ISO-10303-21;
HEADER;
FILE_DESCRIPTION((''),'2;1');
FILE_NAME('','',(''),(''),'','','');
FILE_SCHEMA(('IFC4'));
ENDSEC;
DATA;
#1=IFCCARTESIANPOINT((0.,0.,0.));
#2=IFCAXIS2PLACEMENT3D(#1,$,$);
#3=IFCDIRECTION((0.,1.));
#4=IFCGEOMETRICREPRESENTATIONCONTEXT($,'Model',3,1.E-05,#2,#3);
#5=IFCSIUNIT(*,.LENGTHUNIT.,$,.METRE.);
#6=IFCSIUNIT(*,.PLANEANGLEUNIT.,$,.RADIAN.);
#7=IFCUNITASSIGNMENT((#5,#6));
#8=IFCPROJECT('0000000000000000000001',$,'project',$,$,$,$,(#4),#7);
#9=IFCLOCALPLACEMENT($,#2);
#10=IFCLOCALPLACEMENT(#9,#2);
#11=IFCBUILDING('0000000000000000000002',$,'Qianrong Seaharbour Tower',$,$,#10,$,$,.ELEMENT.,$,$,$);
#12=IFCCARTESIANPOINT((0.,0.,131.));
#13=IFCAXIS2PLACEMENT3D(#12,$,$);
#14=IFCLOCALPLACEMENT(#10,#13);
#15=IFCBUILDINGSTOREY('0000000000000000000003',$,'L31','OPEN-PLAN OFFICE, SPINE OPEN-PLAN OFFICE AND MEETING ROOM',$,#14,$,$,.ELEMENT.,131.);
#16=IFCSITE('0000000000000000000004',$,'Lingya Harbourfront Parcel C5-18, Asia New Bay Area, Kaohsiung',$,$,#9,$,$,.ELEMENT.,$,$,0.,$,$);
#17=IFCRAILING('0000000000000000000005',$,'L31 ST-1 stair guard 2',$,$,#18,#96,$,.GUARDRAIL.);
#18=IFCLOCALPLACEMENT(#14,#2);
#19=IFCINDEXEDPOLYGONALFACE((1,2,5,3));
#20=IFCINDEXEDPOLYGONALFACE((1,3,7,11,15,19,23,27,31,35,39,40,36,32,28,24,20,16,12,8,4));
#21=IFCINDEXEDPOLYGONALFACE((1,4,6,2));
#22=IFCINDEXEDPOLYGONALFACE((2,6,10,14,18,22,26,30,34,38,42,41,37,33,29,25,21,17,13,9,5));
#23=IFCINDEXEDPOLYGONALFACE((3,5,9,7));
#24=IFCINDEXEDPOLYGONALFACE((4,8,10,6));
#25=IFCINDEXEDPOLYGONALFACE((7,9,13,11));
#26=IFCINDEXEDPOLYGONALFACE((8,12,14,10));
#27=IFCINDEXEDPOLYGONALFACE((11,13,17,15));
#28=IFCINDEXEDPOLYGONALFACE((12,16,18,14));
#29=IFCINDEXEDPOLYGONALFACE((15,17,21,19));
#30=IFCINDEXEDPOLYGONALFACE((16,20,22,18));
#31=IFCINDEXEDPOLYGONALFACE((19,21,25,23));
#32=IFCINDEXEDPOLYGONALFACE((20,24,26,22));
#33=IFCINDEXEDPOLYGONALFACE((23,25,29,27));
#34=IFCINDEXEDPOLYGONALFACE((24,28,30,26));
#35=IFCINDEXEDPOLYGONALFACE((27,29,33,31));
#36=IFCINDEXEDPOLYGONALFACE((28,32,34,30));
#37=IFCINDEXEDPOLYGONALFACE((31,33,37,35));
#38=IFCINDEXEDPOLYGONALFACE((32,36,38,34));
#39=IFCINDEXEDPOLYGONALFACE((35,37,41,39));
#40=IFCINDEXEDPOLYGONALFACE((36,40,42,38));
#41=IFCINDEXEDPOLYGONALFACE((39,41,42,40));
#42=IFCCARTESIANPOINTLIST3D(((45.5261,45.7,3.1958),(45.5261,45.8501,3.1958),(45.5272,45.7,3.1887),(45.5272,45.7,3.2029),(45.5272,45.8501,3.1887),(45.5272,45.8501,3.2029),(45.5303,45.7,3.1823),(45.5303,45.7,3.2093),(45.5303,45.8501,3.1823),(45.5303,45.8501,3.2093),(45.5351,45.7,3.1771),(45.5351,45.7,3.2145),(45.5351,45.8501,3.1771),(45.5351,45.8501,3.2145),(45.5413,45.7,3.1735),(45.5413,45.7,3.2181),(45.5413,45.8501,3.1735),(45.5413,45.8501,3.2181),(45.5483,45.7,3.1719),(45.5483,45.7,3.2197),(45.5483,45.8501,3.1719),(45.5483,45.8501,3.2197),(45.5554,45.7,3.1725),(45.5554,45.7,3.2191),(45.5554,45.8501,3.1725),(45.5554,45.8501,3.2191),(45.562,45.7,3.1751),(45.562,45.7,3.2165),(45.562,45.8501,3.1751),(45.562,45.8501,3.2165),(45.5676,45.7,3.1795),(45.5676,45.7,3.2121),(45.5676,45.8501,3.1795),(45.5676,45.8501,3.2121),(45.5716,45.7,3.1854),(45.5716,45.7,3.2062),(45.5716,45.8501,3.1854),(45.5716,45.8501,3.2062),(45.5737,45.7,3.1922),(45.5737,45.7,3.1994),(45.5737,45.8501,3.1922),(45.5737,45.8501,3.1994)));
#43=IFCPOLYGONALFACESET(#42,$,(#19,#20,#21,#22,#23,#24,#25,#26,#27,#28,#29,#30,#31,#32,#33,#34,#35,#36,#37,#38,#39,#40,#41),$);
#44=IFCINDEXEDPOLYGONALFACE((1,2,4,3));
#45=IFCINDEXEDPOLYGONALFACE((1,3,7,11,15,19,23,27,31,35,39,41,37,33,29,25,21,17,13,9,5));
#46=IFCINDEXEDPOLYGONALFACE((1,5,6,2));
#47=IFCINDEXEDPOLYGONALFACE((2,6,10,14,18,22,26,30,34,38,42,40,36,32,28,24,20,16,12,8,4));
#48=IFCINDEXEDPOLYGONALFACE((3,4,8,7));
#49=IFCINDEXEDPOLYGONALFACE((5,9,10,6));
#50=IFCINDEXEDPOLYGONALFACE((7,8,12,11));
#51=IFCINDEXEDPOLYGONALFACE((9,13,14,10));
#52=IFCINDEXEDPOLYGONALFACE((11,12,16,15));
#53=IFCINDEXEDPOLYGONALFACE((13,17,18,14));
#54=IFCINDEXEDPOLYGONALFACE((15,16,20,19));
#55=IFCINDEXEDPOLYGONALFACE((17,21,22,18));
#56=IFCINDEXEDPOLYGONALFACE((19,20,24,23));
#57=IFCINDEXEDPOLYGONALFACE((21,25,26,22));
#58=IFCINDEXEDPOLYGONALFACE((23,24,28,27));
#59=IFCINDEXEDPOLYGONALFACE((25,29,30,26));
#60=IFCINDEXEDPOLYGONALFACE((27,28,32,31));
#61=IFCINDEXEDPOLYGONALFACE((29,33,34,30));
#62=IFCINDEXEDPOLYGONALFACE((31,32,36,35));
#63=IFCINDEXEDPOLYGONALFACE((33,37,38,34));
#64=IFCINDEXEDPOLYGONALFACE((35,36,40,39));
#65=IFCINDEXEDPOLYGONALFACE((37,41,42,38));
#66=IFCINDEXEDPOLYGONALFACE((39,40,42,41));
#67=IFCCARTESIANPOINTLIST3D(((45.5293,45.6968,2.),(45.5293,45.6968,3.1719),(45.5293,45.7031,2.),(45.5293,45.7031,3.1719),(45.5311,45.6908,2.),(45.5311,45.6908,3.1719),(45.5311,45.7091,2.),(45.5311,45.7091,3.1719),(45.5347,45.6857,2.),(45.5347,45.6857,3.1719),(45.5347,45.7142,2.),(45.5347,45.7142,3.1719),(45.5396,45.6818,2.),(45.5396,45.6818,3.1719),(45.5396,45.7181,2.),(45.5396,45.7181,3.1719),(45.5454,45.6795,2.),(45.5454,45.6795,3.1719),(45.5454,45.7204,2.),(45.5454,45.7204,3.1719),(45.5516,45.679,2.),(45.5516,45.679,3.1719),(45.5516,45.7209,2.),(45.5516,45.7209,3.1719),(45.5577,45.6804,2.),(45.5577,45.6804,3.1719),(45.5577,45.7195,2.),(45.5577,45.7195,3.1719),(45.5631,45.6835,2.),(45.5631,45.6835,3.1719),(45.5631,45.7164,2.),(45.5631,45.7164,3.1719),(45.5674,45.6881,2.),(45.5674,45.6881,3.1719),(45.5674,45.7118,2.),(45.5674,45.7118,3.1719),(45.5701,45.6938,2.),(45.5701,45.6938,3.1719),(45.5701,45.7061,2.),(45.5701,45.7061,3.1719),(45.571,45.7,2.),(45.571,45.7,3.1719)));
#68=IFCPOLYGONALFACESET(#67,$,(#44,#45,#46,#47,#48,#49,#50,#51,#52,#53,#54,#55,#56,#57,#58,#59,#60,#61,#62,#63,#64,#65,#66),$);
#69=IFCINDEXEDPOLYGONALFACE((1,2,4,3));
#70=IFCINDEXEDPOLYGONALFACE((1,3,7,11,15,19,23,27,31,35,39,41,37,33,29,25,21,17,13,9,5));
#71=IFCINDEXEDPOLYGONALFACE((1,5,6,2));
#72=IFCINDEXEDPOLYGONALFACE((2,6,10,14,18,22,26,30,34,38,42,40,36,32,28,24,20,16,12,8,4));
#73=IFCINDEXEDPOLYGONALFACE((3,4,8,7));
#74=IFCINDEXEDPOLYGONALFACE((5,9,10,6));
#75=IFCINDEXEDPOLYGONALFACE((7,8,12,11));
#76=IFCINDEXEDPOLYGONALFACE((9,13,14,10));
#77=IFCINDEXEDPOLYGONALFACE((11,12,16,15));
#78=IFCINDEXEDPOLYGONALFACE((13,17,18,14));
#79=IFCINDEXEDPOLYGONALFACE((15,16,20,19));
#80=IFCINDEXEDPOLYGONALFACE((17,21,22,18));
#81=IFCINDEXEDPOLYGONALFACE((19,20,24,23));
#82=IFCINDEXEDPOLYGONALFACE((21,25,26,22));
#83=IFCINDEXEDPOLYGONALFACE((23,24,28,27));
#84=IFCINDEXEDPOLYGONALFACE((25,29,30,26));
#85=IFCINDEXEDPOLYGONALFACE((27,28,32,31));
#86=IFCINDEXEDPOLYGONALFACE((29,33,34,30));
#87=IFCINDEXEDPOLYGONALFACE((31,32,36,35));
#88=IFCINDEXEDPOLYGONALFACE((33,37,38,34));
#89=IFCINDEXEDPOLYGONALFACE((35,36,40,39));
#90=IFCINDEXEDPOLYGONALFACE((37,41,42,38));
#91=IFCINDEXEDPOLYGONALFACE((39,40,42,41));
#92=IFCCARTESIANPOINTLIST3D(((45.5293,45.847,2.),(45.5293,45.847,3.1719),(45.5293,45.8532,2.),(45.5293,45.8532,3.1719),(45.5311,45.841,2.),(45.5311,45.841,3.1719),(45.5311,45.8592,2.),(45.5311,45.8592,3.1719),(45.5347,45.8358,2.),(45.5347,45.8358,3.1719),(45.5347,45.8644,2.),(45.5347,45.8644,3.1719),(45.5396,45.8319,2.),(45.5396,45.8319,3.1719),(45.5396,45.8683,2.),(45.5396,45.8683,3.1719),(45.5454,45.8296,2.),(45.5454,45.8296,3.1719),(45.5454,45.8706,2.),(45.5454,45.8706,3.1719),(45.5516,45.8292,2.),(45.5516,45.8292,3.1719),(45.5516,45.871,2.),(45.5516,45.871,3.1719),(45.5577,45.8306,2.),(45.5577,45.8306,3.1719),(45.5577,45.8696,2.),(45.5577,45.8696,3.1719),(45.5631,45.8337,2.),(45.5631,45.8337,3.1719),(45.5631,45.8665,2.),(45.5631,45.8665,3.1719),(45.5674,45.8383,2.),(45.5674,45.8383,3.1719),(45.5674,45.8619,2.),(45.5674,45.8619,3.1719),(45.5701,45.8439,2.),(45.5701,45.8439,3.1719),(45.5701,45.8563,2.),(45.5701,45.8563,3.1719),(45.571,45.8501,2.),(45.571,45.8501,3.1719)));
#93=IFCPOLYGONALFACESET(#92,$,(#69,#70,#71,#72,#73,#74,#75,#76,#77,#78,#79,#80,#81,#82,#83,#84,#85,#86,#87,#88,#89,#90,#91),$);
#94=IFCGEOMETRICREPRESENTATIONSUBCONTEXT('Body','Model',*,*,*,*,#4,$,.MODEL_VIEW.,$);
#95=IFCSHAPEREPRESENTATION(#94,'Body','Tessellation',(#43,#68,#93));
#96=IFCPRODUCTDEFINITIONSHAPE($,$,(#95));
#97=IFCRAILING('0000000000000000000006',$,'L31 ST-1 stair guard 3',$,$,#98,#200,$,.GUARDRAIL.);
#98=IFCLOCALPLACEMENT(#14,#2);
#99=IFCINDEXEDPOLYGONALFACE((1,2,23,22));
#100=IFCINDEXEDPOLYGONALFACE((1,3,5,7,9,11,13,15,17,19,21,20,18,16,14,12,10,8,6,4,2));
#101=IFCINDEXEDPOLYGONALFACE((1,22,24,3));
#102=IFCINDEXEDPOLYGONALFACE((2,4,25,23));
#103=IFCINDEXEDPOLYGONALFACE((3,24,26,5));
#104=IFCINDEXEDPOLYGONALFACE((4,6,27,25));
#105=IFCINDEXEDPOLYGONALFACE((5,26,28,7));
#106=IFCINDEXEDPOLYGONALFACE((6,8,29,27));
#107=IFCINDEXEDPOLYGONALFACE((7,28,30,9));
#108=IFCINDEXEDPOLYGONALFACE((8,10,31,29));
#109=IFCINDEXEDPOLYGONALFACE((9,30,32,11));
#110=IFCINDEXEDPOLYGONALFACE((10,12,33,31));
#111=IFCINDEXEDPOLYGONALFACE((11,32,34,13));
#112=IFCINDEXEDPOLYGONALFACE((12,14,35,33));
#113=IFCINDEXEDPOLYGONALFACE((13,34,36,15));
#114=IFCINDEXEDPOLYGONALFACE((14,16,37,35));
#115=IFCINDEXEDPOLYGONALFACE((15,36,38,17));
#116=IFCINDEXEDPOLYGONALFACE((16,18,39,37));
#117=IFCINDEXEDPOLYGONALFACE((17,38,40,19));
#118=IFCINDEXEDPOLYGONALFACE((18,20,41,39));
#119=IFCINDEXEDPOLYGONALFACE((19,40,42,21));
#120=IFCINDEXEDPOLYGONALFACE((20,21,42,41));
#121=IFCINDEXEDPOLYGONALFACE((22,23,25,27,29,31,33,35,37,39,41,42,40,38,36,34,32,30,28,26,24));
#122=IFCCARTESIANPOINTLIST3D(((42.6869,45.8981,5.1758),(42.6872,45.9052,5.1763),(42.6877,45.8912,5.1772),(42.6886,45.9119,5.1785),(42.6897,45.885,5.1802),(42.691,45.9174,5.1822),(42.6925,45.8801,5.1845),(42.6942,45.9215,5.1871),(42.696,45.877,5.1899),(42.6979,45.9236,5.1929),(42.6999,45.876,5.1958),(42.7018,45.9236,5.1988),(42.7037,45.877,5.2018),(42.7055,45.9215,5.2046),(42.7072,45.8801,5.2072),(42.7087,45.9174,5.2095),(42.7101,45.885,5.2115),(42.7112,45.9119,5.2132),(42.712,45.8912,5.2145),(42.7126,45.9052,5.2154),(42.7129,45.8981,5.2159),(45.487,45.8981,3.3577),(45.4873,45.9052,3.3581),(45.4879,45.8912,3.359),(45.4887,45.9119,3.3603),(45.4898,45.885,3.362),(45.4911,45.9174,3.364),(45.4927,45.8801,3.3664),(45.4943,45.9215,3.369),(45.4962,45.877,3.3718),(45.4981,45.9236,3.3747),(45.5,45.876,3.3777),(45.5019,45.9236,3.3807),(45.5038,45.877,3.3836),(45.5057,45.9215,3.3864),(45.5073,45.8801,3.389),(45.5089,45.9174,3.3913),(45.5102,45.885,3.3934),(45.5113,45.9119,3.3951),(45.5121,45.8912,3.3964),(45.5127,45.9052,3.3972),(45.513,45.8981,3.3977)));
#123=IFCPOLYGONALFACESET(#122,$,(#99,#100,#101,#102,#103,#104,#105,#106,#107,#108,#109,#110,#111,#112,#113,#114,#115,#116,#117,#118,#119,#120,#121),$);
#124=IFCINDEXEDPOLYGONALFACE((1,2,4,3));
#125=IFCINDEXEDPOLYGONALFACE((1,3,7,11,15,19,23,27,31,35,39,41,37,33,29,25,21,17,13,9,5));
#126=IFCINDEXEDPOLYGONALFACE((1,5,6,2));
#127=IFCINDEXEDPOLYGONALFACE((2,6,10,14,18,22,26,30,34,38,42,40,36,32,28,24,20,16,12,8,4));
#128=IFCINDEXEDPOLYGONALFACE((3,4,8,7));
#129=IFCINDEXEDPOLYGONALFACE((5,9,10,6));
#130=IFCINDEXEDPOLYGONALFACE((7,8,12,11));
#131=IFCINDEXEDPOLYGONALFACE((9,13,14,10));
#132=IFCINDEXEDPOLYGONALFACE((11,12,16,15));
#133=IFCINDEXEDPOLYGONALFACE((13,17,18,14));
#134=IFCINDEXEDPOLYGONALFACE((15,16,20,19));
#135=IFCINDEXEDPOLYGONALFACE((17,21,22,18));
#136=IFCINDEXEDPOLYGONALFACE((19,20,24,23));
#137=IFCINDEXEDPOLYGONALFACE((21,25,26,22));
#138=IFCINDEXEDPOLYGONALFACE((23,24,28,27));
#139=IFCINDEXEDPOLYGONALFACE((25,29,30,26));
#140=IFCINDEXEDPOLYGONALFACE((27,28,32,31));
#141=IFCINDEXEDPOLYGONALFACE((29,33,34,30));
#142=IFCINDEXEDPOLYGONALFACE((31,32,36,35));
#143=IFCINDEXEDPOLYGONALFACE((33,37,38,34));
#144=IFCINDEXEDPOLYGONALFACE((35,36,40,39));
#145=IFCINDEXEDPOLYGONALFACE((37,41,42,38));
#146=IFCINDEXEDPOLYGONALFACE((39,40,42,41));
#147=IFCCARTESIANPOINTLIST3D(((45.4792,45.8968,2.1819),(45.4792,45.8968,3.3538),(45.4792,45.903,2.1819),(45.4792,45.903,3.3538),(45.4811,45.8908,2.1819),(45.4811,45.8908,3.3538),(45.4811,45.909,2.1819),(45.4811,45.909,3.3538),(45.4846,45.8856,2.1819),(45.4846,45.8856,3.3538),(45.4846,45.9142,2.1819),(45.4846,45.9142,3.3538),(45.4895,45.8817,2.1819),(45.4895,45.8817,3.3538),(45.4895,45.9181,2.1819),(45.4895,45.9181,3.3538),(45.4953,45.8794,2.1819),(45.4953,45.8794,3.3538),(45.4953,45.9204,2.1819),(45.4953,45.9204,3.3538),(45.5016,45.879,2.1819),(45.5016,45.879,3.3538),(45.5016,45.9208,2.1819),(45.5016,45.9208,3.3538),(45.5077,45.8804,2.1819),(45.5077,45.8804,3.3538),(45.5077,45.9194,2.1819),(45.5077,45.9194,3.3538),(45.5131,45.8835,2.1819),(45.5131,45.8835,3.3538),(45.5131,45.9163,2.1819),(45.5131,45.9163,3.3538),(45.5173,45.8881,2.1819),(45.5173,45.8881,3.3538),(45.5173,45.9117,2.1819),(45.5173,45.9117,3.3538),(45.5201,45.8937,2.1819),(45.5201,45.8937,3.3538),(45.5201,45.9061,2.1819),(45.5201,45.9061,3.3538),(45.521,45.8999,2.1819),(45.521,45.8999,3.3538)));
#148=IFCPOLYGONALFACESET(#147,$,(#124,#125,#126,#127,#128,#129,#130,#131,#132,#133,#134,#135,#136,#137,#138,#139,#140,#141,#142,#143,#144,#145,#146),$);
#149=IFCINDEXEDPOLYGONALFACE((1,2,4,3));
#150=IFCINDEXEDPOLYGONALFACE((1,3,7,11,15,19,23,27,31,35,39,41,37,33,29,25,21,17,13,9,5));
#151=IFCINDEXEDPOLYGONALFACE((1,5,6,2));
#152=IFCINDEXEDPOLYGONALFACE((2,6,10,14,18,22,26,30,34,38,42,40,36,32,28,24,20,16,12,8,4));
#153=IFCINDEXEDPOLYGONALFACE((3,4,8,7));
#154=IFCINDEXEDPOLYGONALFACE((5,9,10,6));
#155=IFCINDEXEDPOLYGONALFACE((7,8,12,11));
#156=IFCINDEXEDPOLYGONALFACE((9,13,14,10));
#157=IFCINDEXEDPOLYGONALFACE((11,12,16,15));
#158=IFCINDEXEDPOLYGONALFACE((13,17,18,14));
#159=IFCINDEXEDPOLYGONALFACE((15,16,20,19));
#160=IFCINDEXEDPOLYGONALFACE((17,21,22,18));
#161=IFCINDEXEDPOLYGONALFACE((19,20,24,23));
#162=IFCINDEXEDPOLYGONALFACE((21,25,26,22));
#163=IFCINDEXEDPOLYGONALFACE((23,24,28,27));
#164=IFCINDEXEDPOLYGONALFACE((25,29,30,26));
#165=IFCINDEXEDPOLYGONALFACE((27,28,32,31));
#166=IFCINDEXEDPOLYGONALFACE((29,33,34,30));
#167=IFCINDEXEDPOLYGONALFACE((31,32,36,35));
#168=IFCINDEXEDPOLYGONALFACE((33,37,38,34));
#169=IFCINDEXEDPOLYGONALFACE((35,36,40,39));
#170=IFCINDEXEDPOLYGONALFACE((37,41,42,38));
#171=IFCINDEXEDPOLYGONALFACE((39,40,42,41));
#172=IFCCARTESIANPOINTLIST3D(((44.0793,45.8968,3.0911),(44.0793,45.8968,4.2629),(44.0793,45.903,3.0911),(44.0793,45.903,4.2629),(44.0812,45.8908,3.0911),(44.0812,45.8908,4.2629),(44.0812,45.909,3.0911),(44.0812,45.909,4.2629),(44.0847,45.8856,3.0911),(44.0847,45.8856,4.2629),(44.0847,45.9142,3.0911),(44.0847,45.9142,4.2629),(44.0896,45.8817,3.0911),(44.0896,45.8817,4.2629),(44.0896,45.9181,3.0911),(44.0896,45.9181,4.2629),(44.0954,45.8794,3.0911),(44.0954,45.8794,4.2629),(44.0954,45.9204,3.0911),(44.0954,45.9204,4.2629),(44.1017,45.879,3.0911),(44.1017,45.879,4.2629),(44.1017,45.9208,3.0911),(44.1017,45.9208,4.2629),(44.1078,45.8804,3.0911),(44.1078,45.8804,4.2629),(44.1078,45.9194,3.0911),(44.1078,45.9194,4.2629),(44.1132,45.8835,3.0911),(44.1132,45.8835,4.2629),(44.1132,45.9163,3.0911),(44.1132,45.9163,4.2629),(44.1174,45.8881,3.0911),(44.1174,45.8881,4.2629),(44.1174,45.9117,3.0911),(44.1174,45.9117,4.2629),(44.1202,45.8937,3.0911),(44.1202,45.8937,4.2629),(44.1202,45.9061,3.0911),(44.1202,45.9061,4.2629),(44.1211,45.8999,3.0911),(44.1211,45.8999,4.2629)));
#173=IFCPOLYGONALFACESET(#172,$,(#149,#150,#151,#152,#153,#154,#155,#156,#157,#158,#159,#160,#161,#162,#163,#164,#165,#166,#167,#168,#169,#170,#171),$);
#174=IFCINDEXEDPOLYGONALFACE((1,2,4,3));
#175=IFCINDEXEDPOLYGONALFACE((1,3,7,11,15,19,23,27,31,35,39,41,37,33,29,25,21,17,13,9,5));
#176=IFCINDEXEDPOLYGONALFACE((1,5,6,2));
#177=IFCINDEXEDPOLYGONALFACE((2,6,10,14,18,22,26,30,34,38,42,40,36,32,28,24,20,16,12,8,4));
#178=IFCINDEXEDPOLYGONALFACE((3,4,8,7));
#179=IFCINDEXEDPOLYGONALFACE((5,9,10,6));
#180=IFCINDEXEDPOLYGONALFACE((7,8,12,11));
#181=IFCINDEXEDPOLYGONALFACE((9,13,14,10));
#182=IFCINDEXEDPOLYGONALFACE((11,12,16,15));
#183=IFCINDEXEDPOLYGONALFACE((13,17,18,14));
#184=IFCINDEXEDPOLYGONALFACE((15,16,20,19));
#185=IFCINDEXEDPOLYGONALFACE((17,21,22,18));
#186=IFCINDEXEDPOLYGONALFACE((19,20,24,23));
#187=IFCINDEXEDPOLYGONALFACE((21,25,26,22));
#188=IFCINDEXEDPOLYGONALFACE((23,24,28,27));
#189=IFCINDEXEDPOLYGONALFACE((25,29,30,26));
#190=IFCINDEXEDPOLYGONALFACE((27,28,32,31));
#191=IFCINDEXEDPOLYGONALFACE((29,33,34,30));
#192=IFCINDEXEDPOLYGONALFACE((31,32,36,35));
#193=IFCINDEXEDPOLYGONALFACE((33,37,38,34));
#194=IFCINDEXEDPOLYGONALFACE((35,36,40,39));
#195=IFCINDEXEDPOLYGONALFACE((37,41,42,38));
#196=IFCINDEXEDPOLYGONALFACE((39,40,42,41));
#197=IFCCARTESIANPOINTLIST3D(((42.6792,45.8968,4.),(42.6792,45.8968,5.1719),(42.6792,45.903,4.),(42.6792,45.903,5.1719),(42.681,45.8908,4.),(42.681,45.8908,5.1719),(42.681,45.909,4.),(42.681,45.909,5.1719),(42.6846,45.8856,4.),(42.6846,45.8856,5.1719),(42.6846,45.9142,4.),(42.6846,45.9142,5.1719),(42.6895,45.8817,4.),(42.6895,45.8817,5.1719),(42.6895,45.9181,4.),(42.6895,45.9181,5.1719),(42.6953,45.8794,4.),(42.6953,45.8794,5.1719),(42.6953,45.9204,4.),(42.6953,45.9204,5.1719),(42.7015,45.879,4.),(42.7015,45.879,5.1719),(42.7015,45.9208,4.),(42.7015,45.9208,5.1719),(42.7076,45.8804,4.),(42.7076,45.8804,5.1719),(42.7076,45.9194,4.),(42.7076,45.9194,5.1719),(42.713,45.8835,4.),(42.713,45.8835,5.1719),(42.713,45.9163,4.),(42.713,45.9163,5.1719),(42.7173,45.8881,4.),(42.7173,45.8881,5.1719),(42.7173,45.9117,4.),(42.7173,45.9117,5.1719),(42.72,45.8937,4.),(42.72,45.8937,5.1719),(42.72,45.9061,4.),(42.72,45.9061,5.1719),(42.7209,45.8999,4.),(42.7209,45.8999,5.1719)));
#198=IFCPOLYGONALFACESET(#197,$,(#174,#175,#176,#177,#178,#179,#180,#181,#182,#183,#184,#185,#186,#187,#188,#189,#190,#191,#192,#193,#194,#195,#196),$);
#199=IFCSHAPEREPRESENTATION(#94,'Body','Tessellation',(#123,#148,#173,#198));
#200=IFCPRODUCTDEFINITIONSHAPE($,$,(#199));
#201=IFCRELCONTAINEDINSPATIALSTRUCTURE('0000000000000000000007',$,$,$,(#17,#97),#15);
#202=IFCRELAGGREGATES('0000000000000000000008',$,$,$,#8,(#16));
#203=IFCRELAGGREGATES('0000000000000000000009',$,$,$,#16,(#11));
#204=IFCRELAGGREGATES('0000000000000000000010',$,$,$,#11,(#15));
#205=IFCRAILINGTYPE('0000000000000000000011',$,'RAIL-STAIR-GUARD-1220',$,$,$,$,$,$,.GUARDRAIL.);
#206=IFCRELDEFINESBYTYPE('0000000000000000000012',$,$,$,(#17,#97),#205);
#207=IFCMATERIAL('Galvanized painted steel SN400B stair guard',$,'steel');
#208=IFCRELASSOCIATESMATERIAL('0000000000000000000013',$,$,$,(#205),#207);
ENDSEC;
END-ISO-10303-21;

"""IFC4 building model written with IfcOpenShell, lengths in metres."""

from ifc_helpers import new_model, si_unit, direction, frame, origin, origin_2d, place, context, subcontext, project, spatial, circle, extrude, material, type_object, element, save


model = new_model("IFC4")

# Units and contexts
model_context = context("Model", 3, precision=1e-05, world=origin(), true_north=direction((0.0, 1.0)))
body_context = subcontext(model_context, "Body", "Model", "MODEL_VIEW")
ifc_project = project(units=[si_unit("LENGTHUNIT", "METRE"), si_unit("PLANEANGLEUNIT", "RADIAN")], contexts=[model_context])

# Site, building, storey
site_placement = place(None, origin())
site = spatial("IfcSite", under=ifc_project, at=site_placement, Name="Lingya Harbourfront Parcel C5-18, Asia New Bay Area, Kaohsiung", CompositionType="ELEMENT", RefElevation=0.0)
building_placement = place(site_placement, origin())
building = spatial("IfcBuilding", under=site, at=building_placement, Name="Qianrong Seaharbour Tower", CompositionType="ELEMENT")
storey_placement = place(building_placement, frame((0.0, 0.0, 131.0)))
storey = spatial("IfcBuildingStorey", under=building, at=storey_placement, Name="L31", Description="OPEN-PLAN OFFICE, SPINE OPEN-PLAN OFFICE AND MEETING ROOM", CompositionType="ELEMENT", Elevation=131.0)

# Railings
ifc_material_1 = material(Name="Galvanized painted steel SN400B stair guard", Category="steel")
railing_type_1 = type_object("IfcRailingType", Name="RAIL-STAIR-GUARD-1220", PredefinedType="GUARDRAIL", material=ifc_material_1)
railing_1_placement = place(storey_placement, frame((45.55, 45.7, 2.0)))
element("IfcRailing", 1, at=railing_1_placement, inside=storey, type_object=railing_type_1, Name="L31 ST-1 stair guard 2", PredefinedType="GUARDRAIL", context=body_context, shape_type="SweptSolid", body=[
    extrude(circle(Radius=0.0239, at=origin_2d()), frame((0.0, 0.0, 1.1958), z_axis=(0.0, 1.0, 0.0), x_axis=(-1.0, 0.0, 0.0)), (0.0, 0.0, 1.0), 0.1501),
    extrude(circle(Radius=0.021, at=origin_2d()), origin(), (0.0, 0.0, 1.0), 1.1719),
    extrude(circle(Radius=0.021, at=origin_2d()), frame((0.0, 0.1501, 0.0)), (0.0, 0.0, 1.0), 1.1719),
])
railing_2_placement = place(storey_placement, frame((45.5, 45.8999, 2.1819)))
element("IfcRailing", 2, at=railing_2_placement, inside=storey, type_object=railing_type_1, Name="L31 ST-1 stair guard 3", PredefinedType="GUARDRAIL", context=body_context, shape_type="SweptSolid", body=[
    extrude(circle(Radius=0.0239, at=origin_2d()), frame((0.0, 0.0, 1.1958), z_axis=(-0.838706, 0.0, 0.544585), x_axis=(0.0, -1.0, 0.0)), (0.0, 0.0, 1.0), 3.3386),
    extrude(circle(Radius=0.021, at=origin_2d()), origin(), (0.0, 0.0, 1.0), 1.1719),
    extrude(circle(Radius=0.021, at=origin_2d()), frame((-1.3999, 0.0, 0.9092)), (0.0, 0.0, 1.0), 1.1719),
    extrude(circle(Radius=0.021, at=origin_2d()), frame((-2.8, 0.0, 1.8181)), (0.0, 0.0, 1.0), 1.1719),
])

save(model, "model.ifc")
